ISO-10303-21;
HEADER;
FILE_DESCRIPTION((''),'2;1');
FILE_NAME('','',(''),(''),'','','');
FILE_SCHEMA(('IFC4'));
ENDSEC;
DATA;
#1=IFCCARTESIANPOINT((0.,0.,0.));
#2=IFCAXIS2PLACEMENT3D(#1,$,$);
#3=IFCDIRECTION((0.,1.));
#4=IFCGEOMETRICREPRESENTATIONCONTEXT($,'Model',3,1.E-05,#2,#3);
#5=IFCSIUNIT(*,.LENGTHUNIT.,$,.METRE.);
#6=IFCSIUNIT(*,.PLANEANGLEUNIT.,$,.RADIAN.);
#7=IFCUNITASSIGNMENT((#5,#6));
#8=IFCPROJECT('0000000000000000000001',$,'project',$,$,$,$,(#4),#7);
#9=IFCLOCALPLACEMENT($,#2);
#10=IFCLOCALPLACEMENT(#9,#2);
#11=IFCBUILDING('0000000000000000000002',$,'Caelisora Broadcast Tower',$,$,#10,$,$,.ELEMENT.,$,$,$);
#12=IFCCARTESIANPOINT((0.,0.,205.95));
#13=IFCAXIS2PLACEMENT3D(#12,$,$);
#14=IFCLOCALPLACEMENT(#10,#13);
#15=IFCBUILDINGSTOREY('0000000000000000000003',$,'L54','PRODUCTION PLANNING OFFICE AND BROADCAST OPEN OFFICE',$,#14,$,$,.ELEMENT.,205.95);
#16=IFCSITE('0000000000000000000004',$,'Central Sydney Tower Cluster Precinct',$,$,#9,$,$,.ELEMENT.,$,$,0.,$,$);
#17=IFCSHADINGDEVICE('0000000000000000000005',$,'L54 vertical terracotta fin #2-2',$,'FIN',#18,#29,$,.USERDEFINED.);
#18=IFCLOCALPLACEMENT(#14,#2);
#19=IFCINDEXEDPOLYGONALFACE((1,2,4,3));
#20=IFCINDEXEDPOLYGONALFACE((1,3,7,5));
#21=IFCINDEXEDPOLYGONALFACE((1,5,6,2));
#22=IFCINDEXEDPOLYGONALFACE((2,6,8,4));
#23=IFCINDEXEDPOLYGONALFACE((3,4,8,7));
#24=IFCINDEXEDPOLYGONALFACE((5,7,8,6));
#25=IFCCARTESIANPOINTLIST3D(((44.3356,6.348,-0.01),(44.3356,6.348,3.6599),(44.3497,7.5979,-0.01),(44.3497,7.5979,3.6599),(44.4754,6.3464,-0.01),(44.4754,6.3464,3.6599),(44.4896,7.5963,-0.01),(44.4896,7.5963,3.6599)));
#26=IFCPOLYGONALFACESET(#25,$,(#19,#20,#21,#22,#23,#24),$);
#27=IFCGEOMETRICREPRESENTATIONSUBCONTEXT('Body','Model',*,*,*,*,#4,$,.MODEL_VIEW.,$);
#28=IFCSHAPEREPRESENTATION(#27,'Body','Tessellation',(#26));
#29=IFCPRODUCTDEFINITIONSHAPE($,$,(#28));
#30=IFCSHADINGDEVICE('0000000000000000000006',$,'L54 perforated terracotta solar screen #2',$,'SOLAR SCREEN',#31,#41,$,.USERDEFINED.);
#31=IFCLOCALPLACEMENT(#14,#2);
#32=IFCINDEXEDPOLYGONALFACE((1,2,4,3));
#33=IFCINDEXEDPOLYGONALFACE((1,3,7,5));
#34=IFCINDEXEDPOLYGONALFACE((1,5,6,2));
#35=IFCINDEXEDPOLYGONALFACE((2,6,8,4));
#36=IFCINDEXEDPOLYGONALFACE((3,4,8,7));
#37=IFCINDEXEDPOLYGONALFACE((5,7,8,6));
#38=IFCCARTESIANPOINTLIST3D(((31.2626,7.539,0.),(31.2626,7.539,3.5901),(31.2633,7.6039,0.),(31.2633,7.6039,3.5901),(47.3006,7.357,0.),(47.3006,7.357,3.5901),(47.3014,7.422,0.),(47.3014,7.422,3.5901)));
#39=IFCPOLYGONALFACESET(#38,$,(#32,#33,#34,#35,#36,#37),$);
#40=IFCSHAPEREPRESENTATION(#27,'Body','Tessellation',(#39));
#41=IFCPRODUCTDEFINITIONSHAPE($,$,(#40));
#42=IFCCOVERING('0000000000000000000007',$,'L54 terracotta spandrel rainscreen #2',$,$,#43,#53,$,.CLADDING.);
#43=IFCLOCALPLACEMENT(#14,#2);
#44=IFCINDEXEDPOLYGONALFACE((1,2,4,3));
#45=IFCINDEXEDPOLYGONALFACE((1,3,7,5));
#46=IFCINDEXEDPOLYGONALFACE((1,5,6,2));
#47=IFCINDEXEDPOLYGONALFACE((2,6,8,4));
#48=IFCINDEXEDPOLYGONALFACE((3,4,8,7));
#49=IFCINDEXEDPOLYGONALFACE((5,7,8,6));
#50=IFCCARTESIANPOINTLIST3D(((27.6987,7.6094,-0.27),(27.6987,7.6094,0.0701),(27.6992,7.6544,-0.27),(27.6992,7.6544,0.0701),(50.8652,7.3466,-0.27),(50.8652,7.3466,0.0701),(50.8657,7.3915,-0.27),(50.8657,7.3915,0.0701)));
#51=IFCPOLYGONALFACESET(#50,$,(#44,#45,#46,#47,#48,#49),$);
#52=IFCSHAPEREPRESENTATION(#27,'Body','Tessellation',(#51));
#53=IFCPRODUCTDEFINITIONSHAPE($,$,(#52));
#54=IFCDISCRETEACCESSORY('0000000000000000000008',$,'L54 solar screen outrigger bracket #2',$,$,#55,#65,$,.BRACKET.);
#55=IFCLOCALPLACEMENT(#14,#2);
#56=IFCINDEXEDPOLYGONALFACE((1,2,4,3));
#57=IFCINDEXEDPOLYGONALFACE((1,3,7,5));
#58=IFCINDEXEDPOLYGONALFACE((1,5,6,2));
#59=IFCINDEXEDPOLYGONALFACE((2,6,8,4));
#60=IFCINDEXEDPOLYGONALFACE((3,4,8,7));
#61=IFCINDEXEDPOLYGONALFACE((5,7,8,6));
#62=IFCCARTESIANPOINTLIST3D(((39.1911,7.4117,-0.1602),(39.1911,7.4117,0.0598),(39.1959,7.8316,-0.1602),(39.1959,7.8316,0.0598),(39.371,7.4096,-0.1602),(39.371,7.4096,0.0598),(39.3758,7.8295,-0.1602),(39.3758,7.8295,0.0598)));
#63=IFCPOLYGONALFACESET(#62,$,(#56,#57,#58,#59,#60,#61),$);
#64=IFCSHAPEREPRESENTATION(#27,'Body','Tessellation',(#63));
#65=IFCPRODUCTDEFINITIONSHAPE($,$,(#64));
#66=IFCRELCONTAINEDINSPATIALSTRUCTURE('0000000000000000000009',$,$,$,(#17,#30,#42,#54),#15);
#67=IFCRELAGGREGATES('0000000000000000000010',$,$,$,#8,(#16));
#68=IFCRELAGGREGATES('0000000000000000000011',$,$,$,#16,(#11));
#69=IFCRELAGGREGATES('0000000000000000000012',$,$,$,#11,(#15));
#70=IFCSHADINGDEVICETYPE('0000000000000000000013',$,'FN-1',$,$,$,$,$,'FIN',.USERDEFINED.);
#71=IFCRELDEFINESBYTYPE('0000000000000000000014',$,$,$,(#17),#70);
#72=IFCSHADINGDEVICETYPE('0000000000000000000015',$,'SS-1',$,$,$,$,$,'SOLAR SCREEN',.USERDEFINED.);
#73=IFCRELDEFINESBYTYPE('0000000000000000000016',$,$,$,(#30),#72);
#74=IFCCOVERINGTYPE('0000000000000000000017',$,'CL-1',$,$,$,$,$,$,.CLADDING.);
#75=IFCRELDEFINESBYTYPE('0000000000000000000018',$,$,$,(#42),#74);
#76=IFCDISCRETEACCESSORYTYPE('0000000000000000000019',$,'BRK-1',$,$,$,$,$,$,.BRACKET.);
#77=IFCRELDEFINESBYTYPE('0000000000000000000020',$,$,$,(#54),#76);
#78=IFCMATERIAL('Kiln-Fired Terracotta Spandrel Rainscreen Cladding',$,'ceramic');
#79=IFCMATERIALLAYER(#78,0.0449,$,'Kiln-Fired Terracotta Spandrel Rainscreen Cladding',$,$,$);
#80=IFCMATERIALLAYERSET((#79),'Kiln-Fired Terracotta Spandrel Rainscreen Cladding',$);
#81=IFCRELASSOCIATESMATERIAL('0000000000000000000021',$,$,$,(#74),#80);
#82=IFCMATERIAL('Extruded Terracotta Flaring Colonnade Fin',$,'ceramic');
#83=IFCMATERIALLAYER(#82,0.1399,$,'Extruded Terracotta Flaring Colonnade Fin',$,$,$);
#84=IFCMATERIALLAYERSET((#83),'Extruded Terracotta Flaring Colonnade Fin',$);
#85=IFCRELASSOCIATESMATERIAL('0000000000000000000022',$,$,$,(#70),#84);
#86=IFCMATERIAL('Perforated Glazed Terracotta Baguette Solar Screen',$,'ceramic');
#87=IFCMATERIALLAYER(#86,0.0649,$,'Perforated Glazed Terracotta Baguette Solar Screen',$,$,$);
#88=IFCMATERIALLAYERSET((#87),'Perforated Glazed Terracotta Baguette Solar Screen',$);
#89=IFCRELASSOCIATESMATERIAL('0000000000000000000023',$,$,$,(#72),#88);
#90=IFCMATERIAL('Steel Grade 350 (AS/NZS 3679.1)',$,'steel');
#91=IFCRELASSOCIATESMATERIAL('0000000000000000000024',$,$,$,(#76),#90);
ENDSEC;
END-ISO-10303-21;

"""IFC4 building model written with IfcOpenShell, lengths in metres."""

from ifc_helpers import new_model, si_unit, direction, frame, origin, origin_2d, place, context, subcontext, project, spatial, rectangle, extrude, source, transform, mapped, material, layer, layer_set, type_object, type_shapes, element, save


model = new_model("IFC4")

# Units and contexts
model_context = context("Model", 3, precision=1e-05, world=origin(), true_north=direction((0.0, 1.0)))
body_context = subcontext(model_context, "Body", "Model", "MODEL_VIEW")
ifc_project = project(units=[si_unit("LENGTHUNIT", "METRE"), si_unit("PLANEANGLEUNIT", "RADIAN")], contexts=[model_context])

# Site, building, storey
site_placement = place(None, origin())
site = spatial("IfcSite", under=ifc_project, at=site_placement, Name="Central Sydney Tower Cluster Precinct", CompositionType="ELEMENT", RefElevation=0.0)
building_placement = place(site_placement, origin())
building = spatial("IfcBuilding", under=site, at=building_placement, Name="Caelisora Broadcast Tower", CompositionType="ELEMENT")
storey_placement = place(building_placement, frame((0.0, 0.0, 205.95)))
storey = spatial("IfcBuildingStorey", under=building, at=storey_placement, Name="L54", Description="PRODUCTION PLANNING OFFICE AND BROADCAST OPEN OFFICE", CompositionType="ELEMENT", Elevation=205.95)

# Shared definitions
ifc_material_1 = material(Name="Steel Grade 350 (AS/NZS 3679.1)", Category="steel")

# Shared definitions
ifc_material_2 = material(Name="Kiln-Fired Terracotta Spandrel Rainscreen Cladding", Category="ceramic")
ifc_layer_1 = layer(ifc_material_2, 0.0449, Name="Kiln-Fired Terracotta Spandrel Rainscreen Cladding")
ifc_layer_set_1 = layer_set([ifc_layer_1], Name="Kiln-Fired Terracotta Spandrel Rainscreen Cladding")
covering_type = type_object("IfcCoveringType", Name="CL-1", PredefinedType="CLADDING", material=ifc_layer_set_1)

# Shading devices
ifc_material_3 = material(Name="Extruded Terracotta Flaring Colonnade Fin", Category="ceramic")
ifc_layer_2 = layer(ifc_material_3, 0.1399, Name="Extruded Terracotta Flaring Colonnade Fin")
ifc_layer_set_2 = layer_set([ifc_layer_2], Name="Extruded Terracotta Flaring Colonnade Fin")
shading_device_type_1 = type_object("IfcShadingDeviceType", Name="FN-1", ElementType="FIN", PredefinedType="USERDEFINED", material=ifc_layer_set_2)
shared_shape_1 = source(origin(), body_context, "Body", "SweptSolid", [
    extrude(rectangle(XDim=0.1399, YDim=1.25, at=origin_2d()), origin(), (0.0, 0.0, 1.0), 3.6699),
])
type_shapes(shading_device_type_1, [shared_shape_1])
shading_device_1_placement = place(storey_placement, frame((44.4126, 6.9722, -0.01), z_axis=(0.0, 0.0, 1.0), x_axis=(-0.999936, 0.011344, 0.0)))
element("IfcShadingDevice", 1, at=shading_device_1_placement, inside=storey, type_object=shading_device_type_1, Name="L54 vertical terracotta fin #2-2", ObjectType="FIN", PredefinedType="USERDEFINED", context=body_context, shape_type="MappedRepresentation", body=[
    mapped(shared_shape_1, transform((0.0, 0.0, 0.0), scale=1.0)),
])
ifc_material_4 = material(Name="Perforated Glazed Terracotta Baguette Solar Screen", Category="ceramic")
ifc_layer_3 = layer(ifc_material_4, 0.0649, Name="Perforated Glazed Terracotta Baguette Solar Screen")
ifc_layer_set_3 = layer_set([ifc_layer_3], Name="Perforated Glazed Terracotta Baguette Solar Screen")
shading_device_type_2 = type_object("IfcShadingDeviceType", Name="SS-1", ElementType="SOLAR SCREEN", PredefinedType="USERDEFINED", material=ifc_layer_set_3)
shared_shape_2 = source(origin(), body_context, "Body", "SweptSolid", [
    extrude(rectangle(XDim=16.0391, YDim=0.0649, at=origin_2d()), origin(), (0.0, 0.0, 1.0), 3.5901),
])
type_shapes(shading_device_type_2, [shared_shape_2])
shading_device_2_placement = place(storey_placement, frame((39.282, 7.4805, 0.0), z_axis=(0.0, 0.0, 1.0), x_axis=(0.999936, -0.011344, 0.0)))
element("IfcShadingDevice", 2, at=shading_device_2_placement, inside=storey, type_object=shading_device_type_2, Name="L54 perforated terracotta solar screen #2", ObjectType="SOLAR SCREEN", PredefinedType="USERDEFINED", context=body_context, shape_type="MappedRepresentation", body=[
    mapped(shared_shape_2, transform((0.0, 0.0, 0.0), scale=1.0)),
])

# Covering
shared_shape_3 = source(origin(), body_context, "Body", "SweptSolid", [
    extrude(rectangle(XDim=23.168, YDim=0.0449, at=origin_2d()), origin(), (0.0, 0.0, 1.0), 0.3401),
])
covering_1_placement = place(storey_placement, frame((39.2822, 7.5005, -0.27), z_axis=(0.0, 0.0, 1.0), x_axis=(0.999936, -0.011344, 0.0)))
element("IfcCovering", 3, at=covering_1_placement, inside=storey, type_object=covering_type, Name="L54 terracotta spandrel rainscreen #2", PredefinedType="CLADDING", context=body_context, shape_type="MappedRepresentation", body=[
    mapped(shared_shape_3, transform((0.0, 0.0, 0.0), scale=1.0)),
])

# Discrete accessory
discrete_accessory_type = type_object("IfcDiscreteAccessoryType", Name="BRK-1", PredefinedType="BRACKET", material=ifc_material_1)
shared_shape_4 = source(origin(), body_context, "Body", "SweptSolid", [
    extrude(rectangle(XDim=0.1799, YDim=0.4199, at=origin_2d()), origin(), (0.0, 0.0, 1.0), 0.22),
])
type_shapes(discrete_accessory_type, [shared_shape_4])
discrete_accessory_placement = place(storey_placement, frame((39.2834, 7.6206, -0.1602), z_axis=(0.0, 0.0, 1.0), x_axis=(0.999936, -0.011344, 0.0)))
element("IfcDiscreteAccessory", 4, at=discrete_accessory_placement, inside=storey, type_object=discrete_accessory_type, Name="L54 solar screen outrigger bracket #2", PredefinedType="BRACKET", context=body_context, shape_type="MappedRepresentation", body=[
    mapped(shared_shape_4, transform((0.0, 0.0, 0.0), scale=1.0)),
])

save(model, "model.ifc")
